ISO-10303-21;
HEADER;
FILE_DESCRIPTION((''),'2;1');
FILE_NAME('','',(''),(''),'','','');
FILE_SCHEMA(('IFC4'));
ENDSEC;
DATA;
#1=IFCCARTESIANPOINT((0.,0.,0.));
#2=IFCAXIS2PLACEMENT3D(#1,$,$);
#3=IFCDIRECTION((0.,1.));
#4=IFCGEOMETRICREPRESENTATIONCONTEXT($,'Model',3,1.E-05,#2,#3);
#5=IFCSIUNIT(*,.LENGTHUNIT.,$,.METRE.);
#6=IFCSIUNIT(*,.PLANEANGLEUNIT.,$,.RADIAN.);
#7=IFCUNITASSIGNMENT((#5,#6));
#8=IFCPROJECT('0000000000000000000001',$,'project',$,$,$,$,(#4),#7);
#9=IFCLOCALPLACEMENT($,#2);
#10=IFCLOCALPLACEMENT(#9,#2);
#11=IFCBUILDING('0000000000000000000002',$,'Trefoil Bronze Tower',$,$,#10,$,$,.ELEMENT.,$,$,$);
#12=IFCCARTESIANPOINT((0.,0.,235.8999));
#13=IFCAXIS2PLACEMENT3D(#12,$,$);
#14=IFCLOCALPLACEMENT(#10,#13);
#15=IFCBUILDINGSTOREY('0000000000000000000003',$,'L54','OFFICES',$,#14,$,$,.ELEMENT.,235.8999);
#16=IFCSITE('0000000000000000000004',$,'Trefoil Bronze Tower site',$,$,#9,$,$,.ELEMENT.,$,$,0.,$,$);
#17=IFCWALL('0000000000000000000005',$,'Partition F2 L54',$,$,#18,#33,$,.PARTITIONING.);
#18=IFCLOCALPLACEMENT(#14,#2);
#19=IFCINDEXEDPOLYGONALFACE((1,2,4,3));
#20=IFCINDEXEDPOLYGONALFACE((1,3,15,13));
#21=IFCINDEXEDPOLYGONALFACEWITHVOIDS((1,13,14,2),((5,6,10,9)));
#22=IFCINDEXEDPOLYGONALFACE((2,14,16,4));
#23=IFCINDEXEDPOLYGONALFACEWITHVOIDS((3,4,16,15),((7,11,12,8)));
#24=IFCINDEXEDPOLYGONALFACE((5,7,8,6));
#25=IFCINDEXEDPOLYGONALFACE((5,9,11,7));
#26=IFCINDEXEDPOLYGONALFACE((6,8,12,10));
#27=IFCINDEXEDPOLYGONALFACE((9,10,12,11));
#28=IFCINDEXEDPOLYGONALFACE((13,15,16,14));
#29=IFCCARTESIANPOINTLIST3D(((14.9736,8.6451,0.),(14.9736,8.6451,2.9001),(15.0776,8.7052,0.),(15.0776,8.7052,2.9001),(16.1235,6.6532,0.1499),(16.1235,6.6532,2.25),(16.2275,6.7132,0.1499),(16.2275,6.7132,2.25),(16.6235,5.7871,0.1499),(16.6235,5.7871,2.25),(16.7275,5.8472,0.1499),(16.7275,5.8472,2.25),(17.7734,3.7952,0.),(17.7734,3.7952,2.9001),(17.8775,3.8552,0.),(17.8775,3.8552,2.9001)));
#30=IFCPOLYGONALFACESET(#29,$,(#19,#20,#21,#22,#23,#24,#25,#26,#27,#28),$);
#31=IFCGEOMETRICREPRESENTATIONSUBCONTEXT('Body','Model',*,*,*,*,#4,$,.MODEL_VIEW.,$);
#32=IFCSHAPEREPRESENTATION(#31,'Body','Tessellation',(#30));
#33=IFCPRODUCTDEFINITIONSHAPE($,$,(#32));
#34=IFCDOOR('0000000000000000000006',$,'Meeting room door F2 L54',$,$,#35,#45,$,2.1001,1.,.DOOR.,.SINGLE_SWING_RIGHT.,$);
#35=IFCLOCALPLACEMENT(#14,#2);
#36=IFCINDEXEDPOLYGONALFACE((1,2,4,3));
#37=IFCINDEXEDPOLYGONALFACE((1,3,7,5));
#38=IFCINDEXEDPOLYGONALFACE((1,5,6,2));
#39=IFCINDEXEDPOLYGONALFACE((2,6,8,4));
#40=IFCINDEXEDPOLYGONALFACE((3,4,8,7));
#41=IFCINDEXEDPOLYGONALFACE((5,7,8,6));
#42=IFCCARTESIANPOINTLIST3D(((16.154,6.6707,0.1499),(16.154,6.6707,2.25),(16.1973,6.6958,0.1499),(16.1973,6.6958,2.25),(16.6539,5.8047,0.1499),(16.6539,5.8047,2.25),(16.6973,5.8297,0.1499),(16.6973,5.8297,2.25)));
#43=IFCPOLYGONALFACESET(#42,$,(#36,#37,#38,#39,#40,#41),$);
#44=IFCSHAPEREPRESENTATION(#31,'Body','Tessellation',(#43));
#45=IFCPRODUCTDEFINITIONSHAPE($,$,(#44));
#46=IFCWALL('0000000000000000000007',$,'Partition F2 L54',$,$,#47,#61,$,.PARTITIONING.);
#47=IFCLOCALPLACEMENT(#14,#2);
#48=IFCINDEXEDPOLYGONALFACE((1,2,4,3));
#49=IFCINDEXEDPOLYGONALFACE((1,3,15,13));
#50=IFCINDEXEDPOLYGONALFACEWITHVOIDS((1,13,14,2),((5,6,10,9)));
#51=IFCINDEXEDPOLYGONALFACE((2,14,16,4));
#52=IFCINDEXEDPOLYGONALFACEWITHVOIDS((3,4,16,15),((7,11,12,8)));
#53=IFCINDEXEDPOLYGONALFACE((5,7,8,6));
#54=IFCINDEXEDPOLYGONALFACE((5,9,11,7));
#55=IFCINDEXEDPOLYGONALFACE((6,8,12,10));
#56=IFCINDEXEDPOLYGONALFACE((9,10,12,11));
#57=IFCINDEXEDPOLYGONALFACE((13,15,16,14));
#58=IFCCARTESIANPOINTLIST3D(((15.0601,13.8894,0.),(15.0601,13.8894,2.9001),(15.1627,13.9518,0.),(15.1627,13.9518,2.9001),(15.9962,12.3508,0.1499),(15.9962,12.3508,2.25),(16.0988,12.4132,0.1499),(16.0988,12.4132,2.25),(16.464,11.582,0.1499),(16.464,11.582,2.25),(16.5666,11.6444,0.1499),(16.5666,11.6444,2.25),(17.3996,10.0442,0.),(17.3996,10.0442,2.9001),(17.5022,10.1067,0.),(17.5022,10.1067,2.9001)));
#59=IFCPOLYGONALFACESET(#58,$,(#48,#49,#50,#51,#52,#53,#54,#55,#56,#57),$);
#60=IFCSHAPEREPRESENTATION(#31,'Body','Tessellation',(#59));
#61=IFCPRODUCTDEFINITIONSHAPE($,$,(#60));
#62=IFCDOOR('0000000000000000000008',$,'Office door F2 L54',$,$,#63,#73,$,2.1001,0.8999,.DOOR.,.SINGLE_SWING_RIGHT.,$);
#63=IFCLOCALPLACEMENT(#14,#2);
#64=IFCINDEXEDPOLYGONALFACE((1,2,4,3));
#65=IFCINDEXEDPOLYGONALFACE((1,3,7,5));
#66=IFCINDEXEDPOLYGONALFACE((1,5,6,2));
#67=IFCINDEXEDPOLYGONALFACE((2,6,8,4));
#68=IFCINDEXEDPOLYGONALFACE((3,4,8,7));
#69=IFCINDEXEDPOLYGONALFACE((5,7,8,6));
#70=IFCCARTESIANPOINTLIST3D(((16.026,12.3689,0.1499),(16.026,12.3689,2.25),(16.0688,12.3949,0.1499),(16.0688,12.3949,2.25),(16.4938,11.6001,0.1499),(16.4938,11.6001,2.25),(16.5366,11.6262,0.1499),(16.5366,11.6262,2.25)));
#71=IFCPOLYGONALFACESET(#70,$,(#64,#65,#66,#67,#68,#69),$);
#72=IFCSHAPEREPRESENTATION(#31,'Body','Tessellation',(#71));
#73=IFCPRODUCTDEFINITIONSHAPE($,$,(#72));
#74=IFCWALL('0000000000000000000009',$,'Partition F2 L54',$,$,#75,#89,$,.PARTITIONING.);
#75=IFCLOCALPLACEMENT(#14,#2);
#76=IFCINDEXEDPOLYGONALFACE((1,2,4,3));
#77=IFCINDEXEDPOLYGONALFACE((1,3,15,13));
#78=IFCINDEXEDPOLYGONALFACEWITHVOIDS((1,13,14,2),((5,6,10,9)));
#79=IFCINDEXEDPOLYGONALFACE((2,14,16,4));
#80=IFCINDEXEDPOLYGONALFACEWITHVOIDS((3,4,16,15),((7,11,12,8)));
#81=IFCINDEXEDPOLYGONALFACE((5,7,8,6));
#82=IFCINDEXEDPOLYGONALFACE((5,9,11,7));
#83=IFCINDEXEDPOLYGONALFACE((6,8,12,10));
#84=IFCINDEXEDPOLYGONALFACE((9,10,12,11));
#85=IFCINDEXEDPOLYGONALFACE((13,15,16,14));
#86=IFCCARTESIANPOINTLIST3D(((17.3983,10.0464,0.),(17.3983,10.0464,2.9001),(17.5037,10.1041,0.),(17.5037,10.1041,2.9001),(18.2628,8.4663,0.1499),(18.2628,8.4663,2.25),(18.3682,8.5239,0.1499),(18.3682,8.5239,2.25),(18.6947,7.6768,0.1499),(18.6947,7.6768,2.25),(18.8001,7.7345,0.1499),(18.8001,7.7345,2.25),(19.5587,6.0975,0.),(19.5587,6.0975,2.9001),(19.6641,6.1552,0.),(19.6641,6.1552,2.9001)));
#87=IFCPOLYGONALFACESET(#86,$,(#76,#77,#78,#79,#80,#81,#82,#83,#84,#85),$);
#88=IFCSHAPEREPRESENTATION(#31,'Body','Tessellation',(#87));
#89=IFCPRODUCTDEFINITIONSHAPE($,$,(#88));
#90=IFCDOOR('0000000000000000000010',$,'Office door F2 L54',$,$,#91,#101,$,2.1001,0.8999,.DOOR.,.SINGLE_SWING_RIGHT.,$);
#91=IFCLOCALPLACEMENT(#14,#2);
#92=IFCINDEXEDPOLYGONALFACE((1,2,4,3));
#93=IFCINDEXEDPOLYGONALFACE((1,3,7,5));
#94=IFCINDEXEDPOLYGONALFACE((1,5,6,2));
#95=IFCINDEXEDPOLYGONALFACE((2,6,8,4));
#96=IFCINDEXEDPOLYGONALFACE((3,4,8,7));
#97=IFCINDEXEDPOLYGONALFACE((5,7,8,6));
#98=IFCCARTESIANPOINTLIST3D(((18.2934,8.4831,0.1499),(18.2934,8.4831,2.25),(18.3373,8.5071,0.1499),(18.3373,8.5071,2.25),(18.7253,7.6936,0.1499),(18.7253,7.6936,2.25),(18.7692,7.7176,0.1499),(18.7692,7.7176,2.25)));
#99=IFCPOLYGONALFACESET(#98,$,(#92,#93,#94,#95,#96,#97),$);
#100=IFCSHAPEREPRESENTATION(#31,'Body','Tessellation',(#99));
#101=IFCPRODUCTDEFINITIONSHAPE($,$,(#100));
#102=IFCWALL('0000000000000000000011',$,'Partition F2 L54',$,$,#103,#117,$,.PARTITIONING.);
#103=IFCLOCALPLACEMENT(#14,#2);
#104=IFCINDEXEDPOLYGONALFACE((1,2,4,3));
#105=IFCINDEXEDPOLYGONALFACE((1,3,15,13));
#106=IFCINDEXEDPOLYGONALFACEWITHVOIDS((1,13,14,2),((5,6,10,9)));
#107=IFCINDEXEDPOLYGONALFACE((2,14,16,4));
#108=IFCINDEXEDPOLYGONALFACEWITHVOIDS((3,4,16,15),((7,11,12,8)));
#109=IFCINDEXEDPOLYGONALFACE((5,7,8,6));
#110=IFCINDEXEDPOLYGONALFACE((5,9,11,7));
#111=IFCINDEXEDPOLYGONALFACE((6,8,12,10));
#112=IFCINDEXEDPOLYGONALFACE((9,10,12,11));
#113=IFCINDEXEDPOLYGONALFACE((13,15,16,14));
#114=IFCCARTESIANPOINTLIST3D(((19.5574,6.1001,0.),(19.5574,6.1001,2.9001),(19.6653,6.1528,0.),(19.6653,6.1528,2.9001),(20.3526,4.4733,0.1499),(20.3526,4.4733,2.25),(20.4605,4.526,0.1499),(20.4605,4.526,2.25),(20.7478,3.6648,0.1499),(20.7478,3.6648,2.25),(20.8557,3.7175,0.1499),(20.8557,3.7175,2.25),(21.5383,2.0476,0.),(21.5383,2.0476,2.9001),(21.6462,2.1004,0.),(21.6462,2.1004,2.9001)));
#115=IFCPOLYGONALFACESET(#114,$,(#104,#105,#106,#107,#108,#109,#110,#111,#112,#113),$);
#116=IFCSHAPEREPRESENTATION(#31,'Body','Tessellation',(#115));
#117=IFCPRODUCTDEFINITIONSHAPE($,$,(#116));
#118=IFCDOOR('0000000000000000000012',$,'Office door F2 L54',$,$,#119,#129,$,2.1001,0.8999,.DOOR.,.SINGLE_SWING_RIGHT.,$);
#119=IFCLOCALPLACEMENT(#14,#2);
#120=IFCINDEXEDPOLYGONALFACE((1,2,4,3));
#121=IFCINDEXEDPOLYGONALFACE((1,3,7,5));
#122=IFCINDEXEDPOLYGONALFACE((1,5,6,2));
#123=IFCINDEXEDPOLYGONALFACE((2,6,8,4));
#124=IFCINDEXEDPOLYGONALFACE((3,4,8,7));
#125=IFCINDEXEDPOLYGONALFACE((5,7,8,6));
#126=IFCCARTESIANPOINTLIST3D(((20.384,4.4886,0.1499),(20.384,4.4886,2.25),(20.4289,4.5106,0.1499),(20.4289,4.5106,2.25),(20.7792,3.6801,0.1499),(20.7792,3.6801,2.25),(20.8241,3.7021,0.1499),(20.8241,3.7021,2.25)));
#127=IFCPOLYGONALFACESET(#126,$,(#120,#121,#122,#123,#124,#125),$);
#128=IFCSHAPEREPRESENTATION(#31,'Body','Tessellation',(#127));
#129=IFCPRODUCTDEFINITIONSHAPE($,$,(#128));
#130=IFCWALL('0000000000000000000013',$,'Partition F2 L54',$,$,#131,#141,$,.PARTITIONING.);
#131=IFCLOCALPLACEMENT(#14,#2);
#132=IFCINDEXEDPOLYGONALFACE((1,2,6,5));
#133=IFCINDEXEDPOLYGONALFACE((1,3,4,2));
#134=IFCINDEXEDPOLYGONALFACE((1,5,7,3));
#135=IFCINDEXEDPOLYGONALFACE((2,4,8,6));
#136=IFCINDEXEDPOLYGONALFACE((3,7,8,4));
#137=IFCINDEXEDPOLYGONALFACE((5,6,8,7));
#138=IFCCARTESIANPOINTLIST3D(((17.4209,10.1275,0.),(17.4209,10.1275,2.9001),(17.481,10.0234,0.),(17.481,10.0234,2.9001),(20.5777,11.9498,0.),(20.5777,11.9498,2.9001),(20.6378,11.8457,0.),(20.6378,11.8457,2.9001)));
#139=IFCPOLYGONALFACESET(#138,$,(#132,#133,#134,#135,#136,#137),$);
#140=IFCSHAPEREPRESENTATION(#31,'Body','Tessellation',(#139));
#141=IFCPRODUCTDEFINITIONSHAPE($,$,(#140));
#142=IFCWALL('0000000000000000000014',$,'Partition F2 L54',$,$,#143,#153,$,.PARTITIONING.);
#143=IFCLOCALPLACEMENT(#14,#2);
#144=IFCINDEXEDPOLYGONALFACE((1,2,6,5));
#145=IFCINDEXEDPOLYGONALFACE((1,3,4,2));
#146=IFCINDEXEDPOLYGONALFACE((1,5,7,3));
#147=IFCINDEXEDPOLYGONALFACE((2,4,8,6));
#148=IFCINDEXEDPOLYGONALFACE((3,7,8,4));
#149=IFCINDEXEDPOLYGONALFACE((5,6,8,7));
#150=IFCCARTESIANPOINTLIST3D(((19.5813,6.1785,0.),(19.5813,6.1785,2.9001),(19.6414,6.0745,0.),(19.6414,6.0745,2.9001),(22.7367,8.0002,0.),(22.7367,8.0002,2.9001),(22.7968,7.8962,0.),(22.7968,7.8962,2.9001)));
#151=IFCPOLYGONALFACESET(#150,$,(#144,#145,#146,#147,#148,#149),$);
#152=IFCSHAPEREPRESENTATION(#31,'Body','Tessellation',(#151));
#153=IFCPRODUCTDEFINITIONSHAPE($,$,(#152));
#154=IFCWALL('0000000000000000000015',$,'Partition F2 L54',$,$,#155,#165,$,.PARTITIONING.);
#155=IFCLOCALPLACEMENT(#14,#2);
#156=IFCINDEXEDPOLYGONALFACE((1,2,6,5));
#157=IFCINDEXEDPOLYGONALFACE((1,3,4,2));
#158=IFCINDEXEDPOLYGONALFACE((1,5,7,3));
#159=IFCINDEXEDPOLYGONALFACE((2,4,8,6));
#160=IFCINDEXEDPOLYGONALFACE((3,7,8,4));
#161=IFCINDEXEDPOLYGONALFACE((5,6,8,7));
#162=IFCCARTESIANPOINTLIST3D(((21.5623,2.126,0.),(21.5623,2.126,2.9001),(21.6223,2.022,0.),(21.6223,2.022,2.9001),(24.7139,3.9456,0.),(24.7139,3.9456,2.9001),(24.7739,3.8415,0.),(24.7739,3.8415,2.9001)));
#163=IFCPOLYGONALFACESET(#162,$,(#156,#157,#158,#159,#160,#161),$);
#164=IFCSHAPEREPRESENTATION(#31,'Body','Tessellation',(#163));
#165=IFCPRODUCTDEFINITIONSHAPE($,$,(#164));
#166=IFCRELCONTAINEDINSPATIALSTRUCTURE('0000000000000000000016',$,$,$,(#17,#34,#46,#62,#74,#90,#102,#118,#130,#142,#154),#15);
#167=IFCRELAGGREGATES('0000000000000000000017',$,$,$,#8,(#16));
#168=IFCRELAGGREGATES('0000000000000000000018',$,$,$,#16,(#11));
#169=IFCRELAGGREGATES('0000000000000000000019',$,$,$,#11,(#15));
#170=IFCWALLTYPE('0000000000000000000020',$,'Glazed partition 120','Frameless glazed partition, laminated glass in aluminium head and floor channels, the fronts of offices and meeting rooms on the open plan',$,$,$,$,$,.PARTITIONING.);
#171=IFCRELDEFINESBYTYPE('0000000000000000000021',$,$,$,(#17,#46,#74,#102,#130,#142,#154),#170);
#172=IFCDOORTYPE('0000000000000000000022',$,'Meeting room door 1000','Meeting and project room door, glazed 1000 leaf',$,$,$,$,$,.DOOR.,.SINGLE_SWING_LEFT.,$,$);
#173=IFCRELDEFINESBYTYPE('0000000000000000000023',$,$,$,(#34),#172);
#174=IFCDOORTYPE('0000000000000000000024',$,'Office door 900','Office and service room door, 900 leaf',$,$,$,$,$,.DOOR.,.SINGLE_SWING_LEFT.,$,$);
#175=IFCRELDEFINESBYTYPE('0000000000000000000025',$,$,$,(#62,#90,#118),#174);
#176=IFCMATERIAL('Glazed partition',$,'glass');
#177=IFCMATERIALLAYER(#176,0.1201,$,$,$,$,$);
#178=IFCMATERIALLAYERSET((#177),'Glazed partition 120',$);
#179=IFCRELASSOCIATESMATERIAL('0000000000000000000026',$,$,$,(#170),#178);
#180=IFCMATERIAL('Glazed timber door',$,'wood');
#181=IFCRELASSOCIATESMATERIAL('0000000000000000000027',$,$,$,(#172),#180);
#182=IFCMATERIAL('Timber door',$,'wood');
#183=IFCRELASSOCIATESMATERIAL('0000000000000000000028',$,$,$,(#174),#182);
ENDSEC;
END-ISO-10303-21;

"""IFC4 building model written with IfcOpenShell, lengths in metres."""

from ifc_helpers import new_model, si_unit, direction, frame, frame_2d, origin, place, context, subcontext, project, spatial, rectangle, extrude, material, layer, layer_set, type_object, element, fill, save


model = new_model("IFC4")

# Units and contexts
model_context = context("Model", 3, precision=1e-05, world=origin(), true_north=direction((0.0, 1.0)))
body_context = subcontext(model_context, "Body", "Model", "MODEL_VIEW")
ifc_project = project(units=[si_unit("LENGTHUNIT", "METRE"), si_unit("PLANEANGLEUNIT", "RADIAN")], contexts=[model_context])

# Site, building, storey
site_placement = place(None, origin())
site = spatial("IfcSite", under=ifc_project, at=site_placement, Name="Trefoil Bronze Tower site", CompositionType="ELEMENT", RefElevation=0.0)
building_placement = place(site_placement, origin())
building = spatial("IfcBuilding", under=site, at=building_placement, Name="Trefoil Bronze Tower", CompositionType="ELEMENT")
storey_placement = place(building_placement, frame((0.0, 0.0, 235.8999)))
storey = spatial("IfcBuildingStorey", under=building, at=storey_placement, Name="L54", Description="OFFICES", CompositionType="ELEMENT", Elevation=235.8999)

# Walls, openings, doors
ifc_material_1 = material(Name="Glazed partition", Category="glass")
ifc_layer_1 = layer(ifc_material_1, 0.1201)
ifc_layer_set_1 = layer_set([ifc_layer_1], Name="Glazed partition 120")
wall_type_1 = type_object("IfcWallType", Name="Glazed partition 120", Description="Frameless glazed partition, laminated glass in aluminium head and floor channels, the fronts of offices and meeting rooms on the open plan", PredefinedType="PARTITIONING", material=ifc_layer_set_1)
ifc_material_2 = material(Name="Glazed timber door", Category="wood")
door_type_1 = type_object("IfcDoorType", Name="Meeting room door 1000", Description="Meeting and project room door, glazed 1000 leaf", OperationType="SINGLE_SWING_LEFT", PredefinedType="DOOR", material=ifc_material_2)
wall_1_placement = place(storey_placement, frame((17.8254, 3.8252, 0.0), z_axis=(0.0, 0.0, 1.0), x_axis=(-0.499965, 0.866045, 0.0)))
wall_1 = element("IfcWall", 1, at=wall_1_placement, inside=storey, type_object=wall_type_1, Name="Partition F2 L54", PredefinedType="PARTITIONING", context=body_context, shape_type="SweptSolid", body=[
    extrude(rectangle(XDim=5.6001, YDim=0.1201, at=frame_2d((2.8, 0.0))), origin(), (0.0, 0.0, 1.0), 2.9001),
])
opening_1_placement = place(wall_1_placement, frame((2.3, 0.0, 0.1499)))
opening_1 = element("IfcOpeningElement", 2, at=opening_1_placement, cuts=wall_1, PredefinedType="OPENING", context=body_context, shape_type="SweptSolid", body=[
    extrude(rectangle(XDim=1.0, YDim=2.1001, at=frame_2d((0.5, 1.05))), frame((0.0, 0.0701, 0.0), z_axis=(0.0, -1.0, 0.0), x_axis=(1.0, 0.0, 0.0)), (0.0, 0.0, 1.0), 0.1401),
])
door_1_placement = place(opening_1_placement, origin())
door_1 = element("IfcDoor", 3, at=door_1_placement, inside=storey, type_object=door_type_1, Name="Meeting room door F2 L54", OperationType="SINGLE_SWING_RIGHT", OverallHeight=2.1001, OverallWidth=1.0, PredefinedType="DOOR", context=body_context, shape_type="SweptSolid", body=[
    extrude(rectangle(XDim=1.0, YDim=2.1001, at=frame_2d((0.5, 1.05))), frame((0.0, 0.0249, 0.0), z_axis=(0.0, -1.0, 0.0), x_axis=(1.0, 0.0, 0.0)), (0.0, 0.0, 1.0), 0.05),
])
fill(opening_1, door_1)
wall_2_placement = place(storey_placement, frame((17.4509, 10.0754, 0.0), z_axis=(0.0, 0.0, 1.0), x_axis=(-0.51979, 0.854294, 0.0)))
wall_2 = element("IfcWall", 4, at=wall_2_placement, inside=storey, type_object=wall_type_1, Name="Partition F2 L54", PredefinedType="PARTITIONING", context=body_context, shape_type="SweptSolid", body=[
    extrude(rectangle(XDim=4.501, YDim=0.1201, at=frame_2d((2.2505, 0.0))), origin(), (0.0, 0.0, 1.0), 2.9001),
])
opening_2_placement = place(wall_2_placement, frame((1.8, 0.0, 0.1499)))
opening_2 = element("IfcOpeningElement", 5, at=opening_2_placement, cuts=wall_2, PredefinedType="OPENING", context=body_context, shape_type="SweptSolid", body=[
    extrude(rectangle(XDim=0.8999, YDim=2.1001, at=frame_2d((0.45, 1.05))), frame((0.0, 0.0701, 0.0), z_axis=(0.0, -1.0, 0.0), x_axis=(1.0, 0.0, 0.0)), (0.0, 0.0, 1.0), 0.1401),
])
ifc_material_3 = material(Name="Timber door", Category="wood")
door_type_2 = type_object("IfcDoorType", Name="Office door 900", Description="Office and service room door, 900 leaf", OperationType="SINGLE_SWING_LEFT", PredefinedType="DOOR", material=ifc_material_3)
door_2_placement = place(opening_2_placement, frame((0.8999, 0.0, 0.0), z_axis=(0.0, 0.0, 1.0), x_axis=(-1.0, 0.0, 0.0)))
door_2 = element("IfcDoor", 6, at=door_2_placement, inside=storey, type_object=door_type_2, Name="Office door F2 L54", OperationType="SINGLE_SWING_RIGHT", OverallHeight=2.1001, OverallWidth=0.8999, PredefinedType="DOOR", context=body_context, shape_type="SweptSolid", body=[
    extrude(rectangle(XDim=0.8999, YDim=2.1001, at=frame_2d((0.45, 1.05))), frame((0.0, 0.0249, 0.0), z_axis=(0.0, -1.0, 0.0), x_axis=(1.0, 0.0, 0.0)), (0.0, 0.0, 1.0), 0.05),
])
fill(opening_2, door_2)
wall_3_placement = place(storey_placement, frame((19.6113, 6.1265, 0.0), z_axis=(0.0, 0.0, 1.0), x_axis=(-0.47995, 0.877296, 0.0)))
wall_3 = element("IfcWall", 7, at=wall_3_placement, inside=storey, type_object=wall_type_1, Name="Partition F2 L54", PredefinedType="PARTITIONING", context=body_context, shape_type="SweptSolid", body=[
    extrude(rectangle(XDim=4.5012, YDim=0.1201, at=frame_2d((2.2505, 0.0))), origin(), (0.0, 0.0, 1.0), 2.9001),
])
opening_3_placement = place(wall_3_placement, frame((1.8, 0.0, 0.1499)))
opening_3 = element("IfcOpeningElement", 8, at=opening_3_placement, cuts=wall_3, PredefinedType="OPENING", context=body_context, shape_type="SweptSolid", body=[
    extrude(rectangle(XDim=0.8999, YDim=2.1001, at=frame_2d((0.45, 1.05))), frame((0.0, 0.0701, 0.0), z_axis=(0.0, -1.0, 0.0), x_axis=(1.0, 0.0, 0.0)), (0.0, 0.0, 1.0), 0.1401),
])
door_3_placement = place(opening_3_placement, frame((0.8999, 0.0, 0.0), z_axis=(0.0, 0.0, 1.0), x_axis=(-1.0, 0.0, 0.0)))
door_3 = element("IfcDoor", 9, at=door_3_placement, inside=storey, type_object=door_type_2, Name="Office door F2 L54", OperationType="SINGLE_SWING_RIGHT", OverallHeight=2.1001, OverallWidth=0.8999, PredefinedType="DOOR", context=body_context, shape_type="SweptSolid", body=[
    extrude(rectangle(XDim=0.8999, YDim=2.1001, at=frame_2d((0.45, 1.05))), frame((0.0, 0.0249, 0.0), z_axis=(0.0, -1.0, 0.0), x_axis=(1.0, 0.0, 0.0)), (0.0, 0.0, 1.0), 0.05),
])
fill(opening_3, door_3)
wall_4_placement = place(storey_placement, frame((21.5923, 2.074, 0.0), z_axis=(0.0, 0.0, 1.0), x_axis=(-0.439164, 0.898407, 0.0)))
wall_4 = element("IfcWall", 10, at=wall_4_placement, inside=storey, type_object=wall_type_1, Name="Partition F2 L54", PredefinedType="PARTITIONING", context=body_context, shape_type="SweptSolid", body=[
    extrude(rectangle(XDim=4.5107, YDim=0.1201, at=frame_2d((2.2554, 0.0))), origin(), (0.0, 0.0, 1.0), 2.9001),
])
opening_4_placement = place(wall_4_placement, frame((1.8, 0.0, 0.1499)))
opening_4 = element("IfcOpeningElement", 11, at=opening_4_placement, cuts=wall_4, PredefinedType="OPENING", context=body_context, shape_type="SweptSolid", body=[
    extrude(rectangle(XDim=0.8999, YDim=2.1001, at=frame_2d((0.45, 1.05))), frame((0.0, 0.0701, 0.0), z_axis=(0.0, -1.0, 0.0), x_axis=(1.0, 0.0, 0.0)), (0.0, 0.0, 1.0), 0.1401),
])
door_4_placement = place(opening_4_placement, frame((0.8999, 0.0, 0.0), z_axis=(0.0, 0.0, 1.0), x_axis=(-1.0, 0.0, 0.0)))
door_4 = element("IfcDoor", 12, at=door_4_placement, inside=storey, type_object=door_type_2, Name="Office door F2 L54", OperationType="SINGLE_SWING_RIGHT", OverallHeight=2.1001, OverallWidth=0.8999, PredefinedType="DOOR", context=body_context, shape_type="SweptSolid", body=[
    extrude(rectangle(XDim=0.8999, YDim=2.1001, at=frame_2d((0.45, 1.05))), frame((0.0, 0.0249, 0.0), z_axis=(0.0, -1.0, 0.0), x_axis=(1.0, 0.0, 0.0)), (0.0, 0.0, 1.0), 0.05),
])
fill(opening_4, door_4)

# Walls
wall_5_placement = place(storey_placement, frame((17.4509, 10.0754, 0.0), z_axis=(0.0, 0.0, 1.0), x_axis=(0.866058, 0.499943, 0.0)))
element("IfcWall", 13, at=wall_5_placement, inside=storey, type_object=wall_type_1, Name="Partition F2 L54", PredefinedType="PARTITIONING", context=body_context, shape_type="SweptSolid", body=[
    extrude(rectangle(XDim=3.645, YDim=0.1201, at=frame_2d((1.8225, 0.0))), origin(), (0.0, 0.0, 1.0), 2.9001),
])
wall_6_placement = place(storey_placement, frame((19.6113, 6.1265, 0.0), z_axis=(0.0, 0.0, 1.0), x_axis=(0.866033, 0.499987, 0.0)))
element("IfcWall", 14, at=wall_6_placement, inside=storey, type_object=wall_type_1, Name="Partition F2 L54", PredefinedType="PARTITIONING", context=body_context, shape_type="SweptSolid", body=[
    extrude(rectangle(XDim=3.6436, YDim=0.1201, at=frame_2d((1.8218, 0.0))), origin(), (0.0, 0.0, 1.0), 2.9001),
])
wall_7_placement = place(storey_placement, frame((21.5923, 2.074, 0.0), z_axis=(0.0, 0.0, 1.0), x_axis=(0.866026, 0.499999, 0.0)))
element("IfcWall", 15, at=wall_7_placement, inside=storey, type_object=wall_type_1, Name="Partition F2 L54", PredefinedType="PARTITIONING", context=body_context, shape_type="SweptSolid", body=[
    extrude(rectangle(XDim=3.6392, YDim=0.1201, at=frame_2d((1.8196, 0.0))), origin(), (0.0, 0.0, 1.0), 2.9001),
])

save(model, "model.ifc")
